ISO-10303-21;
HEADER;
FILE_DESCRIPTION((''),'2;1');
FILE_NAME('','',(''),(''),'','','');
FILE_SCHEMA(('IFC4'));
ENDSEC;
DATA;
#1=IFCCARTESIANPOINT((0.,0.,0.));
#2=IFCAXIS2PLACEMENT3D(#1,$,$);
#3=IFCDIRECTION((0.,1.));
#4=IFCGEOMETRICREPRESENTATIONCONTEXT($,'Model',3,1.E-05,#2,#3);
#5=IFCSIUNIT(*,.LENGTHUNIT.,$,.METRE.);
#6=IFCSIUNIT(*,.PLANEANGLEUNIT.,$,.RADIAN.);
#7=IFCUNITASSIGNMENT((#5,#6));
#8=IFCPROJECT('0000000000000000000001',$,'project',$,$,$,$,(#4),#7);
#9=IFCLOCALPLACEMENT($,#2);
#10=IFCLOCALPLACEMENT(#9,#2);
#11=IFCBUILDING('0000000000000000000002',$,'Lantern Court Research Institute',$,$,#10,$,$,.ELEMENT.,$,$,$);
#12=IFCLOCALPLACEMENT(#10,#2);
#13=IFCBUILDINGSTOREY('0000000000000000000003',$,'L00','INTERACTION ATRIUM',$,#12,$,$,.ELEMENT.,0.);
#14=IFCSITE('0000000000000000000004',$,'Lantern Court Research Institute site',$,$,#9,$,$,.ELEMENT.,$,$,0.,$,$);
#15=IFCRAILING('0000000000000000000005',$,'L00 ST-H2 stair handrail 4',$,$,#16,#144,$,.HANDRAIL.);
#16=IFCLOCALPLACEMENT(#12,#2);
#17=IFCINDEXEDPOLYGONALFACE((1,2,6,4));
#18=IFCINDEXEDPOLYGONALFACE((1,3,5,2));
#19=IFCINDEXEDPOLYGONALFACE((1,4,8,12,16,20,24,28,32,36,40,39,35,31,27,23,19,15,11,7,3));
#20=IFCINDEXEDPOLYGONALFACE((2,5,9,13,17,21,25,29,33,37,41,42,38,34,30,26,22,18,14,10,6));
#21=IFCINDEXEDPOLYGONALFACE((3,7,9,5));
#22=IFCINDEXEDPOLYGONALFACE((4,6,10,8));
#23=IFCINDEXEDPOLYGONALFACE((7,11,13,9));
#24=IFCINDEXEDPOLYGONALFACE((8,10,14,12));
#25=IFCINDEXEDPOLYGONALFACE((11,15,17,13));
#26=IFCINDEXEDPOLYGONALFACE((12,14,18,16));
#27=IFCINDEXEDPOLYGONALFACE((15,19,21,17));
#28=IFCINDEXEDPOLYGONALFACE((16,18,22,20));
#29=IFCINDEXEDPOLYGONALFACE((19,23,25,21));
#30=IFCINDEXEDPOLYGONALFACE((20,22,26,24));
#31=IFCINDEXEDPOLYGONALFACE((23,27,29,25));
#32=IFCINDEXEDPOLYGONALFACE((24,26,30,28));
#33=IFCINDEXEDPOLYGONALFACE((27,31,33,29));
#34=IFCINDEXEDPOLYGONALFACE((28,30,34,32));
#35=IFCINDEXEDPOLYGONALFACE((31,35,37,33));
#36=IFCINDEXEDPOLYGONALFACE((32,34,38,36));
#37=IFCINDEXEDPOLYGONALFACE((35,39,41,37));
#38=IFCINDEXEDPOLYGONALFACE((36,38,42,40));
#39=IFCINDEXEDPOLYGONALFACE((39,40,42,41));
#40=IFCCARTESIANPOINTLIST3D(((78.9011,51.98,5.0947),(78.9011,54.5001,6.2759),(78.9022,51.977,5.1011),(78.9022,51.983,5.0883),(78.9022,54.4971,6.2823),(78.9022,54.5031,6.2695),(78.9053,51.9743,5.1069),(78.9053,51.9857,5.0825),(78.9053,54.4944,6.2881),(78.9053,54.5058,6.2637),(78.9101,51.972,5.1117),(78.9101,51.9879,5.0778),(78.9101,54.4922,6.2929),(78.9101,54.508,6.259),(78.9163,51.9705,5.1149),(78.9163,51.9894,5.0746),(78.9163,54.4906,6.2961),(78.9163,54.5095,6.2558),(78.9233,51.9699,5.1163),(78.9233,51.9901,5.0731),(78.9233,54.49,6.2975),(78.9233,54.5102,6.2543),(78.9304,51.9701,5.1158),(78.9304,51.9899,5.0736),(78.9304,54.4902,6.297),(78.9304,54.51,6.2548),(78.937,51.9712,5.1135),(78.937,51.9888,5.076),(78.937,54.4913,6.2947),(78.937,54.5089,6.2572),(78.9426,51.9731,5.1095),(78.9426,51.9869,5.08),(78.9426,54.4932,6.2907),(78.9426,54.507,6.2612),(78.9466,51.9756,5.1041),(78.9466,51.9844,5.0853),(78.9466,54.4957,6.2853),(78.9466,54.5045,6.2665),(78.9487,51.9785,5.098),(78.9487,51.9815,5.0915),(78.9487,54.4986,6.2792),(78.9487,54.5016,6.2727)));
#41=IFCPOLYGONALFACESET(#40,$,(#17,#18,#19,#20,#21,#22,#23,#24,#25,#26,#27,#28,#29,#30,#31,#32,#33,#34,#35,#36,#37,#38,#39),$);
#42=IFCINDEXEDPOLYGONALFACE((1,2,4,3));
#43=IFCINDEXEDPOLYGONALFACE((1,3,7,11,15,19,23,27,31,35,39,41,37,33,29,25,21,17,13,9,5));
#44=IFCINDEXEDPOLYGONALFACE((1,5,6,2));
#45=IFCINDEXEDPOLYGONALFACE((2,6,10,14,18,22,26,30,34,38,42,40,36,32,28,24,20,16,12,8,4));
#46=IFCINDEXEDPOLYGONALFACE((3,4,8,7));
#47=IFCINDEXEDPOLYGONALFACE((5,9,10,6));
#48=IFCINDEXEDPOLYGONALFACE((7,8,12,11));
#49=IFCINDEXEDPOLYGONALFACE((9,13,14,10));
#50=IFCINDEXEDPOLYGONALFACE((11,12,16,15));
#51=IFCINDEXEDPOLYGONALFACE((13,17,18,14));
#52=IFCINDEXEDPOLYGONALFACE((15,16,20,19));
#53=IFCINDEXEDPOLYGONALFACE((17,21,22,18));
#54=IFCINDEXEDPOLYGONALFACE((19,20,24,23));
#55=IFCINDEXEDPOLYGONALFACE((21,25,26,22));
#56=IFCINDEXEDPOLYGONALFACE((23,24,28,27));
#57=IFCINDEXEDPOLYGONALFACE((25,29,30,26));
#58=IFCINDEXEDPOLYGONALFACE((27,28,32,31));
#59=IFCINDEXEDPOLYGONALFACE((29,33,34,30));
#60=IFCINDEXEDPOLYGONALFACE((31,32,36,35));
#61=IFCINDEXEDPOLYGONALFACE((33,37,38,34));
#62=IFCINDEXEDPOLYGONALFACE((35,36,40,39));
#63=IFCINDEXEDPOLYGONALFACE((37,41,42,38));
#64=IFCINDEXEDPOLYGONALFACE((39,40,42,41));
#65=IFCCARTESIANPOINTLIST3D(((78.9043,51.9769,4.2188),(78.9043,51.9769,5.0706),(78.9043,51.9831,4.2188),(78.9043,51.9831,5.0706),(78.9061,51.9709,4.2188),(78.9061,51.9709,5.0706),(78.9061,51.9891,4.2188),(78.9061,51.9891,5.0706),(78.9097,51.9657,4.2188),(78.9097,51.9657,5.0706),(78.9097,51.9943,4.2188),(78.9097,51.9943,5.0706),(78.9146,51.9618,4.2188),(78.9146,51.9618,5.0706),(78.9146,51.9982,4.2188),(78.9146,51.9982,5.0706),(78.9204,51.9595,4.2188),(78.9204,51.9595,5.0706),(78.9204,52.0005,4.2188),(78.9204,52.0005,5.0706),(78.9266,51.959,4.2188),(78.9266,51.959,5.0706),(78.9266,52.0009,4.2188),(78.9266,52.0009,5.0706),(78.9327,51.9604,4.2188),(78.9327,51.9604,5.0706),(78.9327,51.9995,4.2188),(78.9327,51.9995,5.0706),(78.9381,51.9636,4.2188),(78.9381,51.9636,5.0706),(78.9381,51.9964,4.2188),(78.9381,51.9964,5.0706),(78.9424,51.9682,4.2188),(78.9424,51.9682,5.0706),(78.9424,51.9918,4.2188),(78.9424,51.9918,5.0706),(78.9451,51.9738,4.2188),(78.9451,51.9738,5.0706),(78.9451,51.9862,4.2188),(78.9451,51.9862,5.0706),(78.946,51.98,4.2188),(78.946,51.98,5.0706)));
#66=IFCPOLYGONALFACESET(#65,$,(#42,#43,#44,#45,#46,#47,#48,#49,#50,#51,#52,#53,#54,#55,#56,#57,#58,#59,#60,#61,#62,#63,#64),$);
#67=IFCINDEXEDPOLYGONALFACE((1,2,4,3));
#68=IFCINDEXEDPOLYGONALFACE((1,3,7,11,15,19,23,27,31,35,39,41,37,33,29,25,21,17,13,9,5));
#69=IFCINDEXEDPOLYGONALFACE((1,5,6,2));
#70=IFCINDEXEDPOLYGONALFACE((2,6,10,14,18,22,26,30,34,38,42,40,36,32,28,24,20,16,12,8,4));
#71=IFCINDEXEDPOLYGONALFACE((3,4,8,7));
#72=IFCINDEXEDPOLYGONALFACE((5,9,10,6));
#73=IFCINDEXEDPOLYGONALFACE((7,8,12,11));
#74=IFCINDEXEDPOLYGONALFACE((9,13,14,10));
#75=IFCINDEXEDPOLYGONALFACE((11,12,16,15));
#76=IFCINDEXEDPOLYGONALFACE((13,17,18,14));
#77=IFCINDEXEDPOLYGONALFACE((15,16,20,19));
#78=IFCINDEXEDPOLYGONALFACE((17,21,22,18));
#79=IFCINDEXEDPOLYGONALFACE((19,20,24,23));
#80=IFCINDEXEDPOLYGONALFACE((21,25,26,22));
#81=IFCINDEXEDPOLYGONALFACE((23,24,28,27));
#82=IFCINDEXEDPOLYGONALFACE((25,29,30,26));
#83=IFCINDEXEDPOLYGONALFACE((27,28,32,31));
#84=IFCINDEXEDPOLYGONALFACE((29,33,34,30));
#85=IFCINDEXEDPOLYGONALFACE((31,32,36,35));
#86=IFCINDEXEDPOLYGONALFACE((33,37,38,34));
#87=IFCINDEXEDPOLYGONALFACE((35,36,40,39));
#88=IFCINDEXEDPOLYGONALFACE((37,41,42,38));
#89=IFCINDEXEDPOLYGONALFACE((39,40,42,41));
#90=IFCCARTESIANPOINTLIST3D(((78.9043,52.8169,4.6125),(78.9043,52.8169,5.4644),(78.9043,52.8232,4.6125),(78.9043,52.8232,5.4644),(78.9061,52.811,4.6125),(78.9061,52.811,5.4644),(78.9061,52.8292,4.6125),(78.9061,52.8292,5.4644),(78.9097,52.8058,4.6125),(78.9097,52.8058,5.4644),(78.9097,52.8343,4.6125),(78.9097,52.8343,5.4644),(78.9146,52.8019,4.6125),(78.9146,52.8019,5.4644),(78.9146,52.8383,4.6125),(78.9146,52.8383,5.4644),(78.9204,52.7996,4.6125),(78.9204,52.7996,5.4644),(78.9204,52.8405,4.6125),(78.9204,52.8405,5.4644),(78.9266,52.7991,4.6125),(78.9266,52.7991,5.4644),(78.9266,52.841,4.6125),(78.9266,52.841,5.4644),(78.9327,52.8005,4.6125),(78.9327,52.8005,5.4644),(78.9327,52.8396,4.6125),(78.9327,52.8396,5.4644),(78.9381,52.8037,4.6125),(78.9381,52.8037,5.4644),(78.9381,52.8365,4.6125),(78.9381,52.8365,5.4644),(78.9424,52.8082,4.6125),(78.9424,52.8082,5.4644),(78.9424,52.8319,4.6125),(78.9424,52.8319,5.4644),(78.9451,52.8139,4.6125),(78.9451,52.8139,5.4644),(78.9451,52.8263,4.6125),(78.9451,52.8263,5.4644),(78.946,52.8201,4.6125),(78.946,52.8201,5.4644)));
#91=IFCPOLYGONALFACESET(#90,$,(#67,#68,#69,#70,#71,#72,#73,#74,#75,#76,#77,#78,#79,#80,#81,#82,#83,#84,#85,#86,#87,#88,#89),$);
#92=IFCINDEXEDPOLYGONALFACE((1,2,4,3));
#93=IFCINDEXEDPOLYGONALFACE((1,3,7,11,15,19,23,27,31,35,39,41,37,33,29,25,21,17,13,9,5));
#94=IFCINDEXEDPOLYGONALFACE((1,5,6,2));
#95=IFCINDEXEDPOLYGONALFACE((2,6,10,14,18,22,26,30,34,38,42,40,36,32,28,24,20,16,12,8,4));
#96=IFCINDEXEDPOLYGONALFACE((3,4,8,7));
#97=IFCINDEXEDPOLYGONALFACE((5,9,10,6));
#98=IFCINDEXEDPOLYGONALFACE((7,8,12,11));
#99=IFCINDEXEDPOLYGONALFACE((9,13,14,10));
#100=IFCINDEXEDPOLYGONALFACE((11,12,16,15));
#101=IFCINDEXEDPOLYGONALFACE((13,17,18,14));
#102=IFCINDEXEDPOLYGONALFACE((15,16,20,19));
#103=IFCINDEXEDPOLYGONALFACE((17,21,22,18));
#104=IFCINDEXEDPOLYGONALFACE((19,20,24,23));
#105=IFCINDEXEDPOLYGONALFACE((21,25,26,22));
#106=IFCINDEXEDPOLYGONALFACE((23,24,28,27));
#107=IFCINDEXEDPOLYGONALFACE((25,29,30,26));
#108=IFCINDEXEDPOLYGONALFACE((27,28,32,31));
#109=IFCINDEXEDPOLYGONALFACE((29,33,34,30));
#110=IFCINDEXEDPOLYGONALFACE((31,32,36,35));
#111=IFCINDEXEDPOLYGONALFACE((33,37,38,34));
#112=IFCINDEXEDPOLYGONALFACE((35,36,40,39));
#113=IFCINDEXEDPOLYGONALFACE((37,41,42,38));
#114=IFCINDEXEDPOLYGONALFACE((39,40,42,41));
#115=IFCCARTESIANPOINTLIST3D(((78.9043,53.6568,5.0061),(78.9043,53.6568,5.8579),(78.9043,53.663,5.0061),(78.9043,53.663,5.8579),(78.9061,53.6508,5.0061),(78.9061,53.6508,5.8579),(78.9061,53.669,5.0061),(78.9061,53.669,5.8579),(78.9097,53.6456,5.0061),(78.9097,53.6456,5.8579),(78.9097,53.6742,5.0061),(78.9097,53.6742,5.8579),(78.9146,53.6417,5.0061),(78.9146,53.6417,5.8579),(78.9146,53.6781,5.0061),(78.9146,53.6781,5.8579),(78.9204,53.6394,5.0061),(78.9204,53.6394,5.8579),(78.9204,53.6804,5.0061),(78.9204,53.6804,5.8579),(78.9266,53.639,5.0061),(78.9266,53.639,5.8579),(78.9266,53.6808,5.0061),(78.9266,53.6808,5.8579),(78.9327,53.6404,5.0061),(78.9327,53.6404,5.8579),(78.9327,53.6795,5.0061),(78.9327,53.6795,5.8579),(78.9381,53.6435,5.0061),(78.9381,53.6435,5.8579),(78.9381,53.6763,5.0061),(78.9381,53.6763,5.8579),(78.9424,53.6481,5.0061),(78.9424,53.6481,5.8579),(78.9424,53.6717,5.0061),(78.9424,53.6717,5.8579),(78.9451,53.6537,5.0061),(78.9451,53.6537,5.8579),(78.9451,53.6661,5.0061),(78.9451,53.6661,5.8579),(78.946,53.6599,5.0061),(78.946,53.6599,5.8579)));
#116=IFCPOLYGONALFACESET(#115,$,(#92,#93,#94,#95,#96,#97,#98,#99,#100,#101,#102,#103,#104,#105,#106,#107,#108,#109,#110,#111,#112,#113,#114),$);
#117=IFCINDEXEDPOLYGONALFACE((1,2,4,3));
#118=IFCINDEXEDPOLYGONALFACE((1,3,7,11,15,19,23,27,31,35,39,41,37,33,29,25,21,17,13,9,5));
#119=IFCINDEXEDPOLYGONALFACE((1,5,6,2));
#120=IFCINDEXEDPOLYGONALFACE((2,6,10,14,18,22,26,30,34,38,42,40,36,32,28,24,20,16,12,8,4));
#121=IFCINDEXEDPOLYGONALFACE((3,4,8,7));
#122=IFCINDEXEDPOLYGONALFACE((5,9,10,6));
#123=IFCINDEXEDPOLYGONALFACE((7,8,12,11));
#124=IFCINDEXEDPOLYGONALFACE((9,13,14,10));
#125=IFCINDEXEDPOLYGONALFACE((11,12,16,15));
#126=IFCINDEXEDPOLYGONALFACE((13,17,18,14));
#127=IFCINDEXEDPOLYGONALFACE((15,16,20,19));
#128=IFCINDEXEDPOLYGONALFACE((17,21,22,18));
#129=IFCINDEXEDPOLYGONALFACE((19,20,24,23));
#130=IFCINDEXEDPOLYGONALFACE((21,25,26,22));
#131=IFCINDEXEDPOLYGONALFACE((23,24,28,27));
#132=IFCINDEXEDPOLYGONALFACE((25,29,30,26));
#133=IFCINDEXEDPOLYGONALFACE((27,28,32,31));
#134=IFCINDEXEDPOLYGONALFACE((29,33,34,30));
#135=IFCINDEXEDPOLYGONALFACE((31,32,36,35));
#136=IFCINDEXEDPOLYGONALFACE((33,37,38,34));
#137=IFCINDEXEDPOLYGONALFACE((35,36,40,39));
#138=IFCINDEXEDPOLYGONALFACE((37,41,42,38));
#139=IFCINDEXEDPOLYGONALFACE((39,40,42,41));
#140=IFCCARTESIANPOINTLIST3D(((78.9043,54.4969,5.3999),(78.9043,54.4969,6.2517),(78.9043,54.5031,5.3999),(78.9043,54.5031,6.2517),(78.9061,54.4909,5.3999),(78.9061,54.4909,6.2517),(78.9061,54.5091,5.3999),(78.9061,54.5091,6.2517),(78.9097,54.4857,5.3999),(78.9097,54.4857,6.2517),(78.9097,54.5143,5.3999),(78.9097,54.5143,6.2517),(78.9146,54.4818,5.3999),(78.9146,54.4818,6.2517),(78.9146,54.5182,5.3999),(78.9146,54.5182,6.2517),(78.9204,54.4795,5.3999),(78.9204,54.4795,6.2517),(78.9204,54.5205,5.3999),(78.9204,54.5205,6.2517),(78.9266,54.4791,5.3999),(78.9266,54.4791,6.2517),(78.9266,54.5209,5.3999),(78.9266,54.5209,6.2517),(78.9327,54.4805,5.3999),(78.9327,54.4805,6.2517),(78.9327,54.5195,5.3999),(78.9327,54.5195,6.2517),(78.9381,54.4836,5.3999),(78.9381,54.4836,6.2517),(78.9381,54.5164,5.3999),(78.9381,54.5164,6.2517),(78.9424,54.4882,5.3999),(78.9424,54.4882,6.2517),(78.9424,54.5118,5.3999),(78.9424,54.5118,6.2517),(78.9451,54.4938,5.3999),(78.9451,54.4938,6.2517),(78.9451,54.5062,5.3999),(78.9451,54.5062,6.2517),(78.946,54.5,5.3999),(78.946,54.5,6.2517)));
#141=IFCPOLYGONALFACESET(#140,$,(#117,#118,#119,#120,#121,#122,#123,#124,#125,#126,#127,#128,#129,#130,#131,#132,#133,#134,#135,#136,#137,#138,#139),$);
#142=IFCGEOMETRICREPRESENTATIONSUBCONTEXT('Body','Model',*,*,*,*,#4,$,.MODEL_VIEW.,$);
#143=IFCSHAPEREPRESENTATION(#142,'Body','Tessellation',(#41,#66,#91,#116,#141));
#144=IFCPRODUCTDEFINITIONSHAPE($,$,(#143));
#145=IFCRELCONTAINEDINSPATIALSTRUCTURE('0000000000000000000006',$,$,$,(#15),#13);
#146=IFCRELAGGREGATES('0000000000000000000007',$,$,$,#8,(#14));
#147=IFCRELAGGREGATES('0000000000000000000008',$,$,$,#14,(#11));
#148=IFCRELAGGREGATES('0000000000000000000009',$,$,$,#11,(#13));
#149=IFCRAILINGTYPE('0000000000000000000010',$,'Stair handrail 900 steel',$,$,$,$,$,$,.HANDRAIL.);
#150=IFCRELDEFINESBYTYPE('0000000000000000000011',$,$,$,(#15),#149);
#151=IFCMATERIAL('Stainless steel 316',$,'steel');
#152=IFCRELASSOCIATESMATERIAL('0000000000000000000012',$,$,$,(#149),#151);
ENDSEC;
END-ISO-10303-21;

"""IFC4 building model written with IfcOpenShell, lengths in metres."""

from ifc_helpers import new_model, si_unit, direction, frame, origin, origin_2d, place, context, subcontext, project, spatial, circle, extrude, material, type_object, element, save


model = new_model("IFC4")

# Units and contexts
model_context = context("Model", 3, precision=1e-05, world=origin(), true_north=direction((0.0, 1.0)))
body_context = subcontext(model_context, "Body", "Model", "MODEL_VIEW")
ifc_project = project(units=[si_unit("LENGTHUNIT", "METRE"), si_unit("PLANEANGLEUNIT", "RADIAN")], contexts=[model_context])

# Site, building, storey
site_placement = place(None, origin())
site = spatial("IfcSite", under=ifc_project, at=site_placement, Name="Lantern Court Research Institute site", CompositionType="ELEMENT", RefElevation=0.0)
building_placement = place(site_placement, origin())
building = spatial("IfcBuilding", under=site, at=building_placement, Name="Lantern Court Research Institute", CompositionType="ELEMENT")
storey_placement = place(building_placement, origin())
storey = spatial("IfcBuildingStorey", under=building, at=storey_placement, Name="L00", Description="INTERACTION ATRIUM", CompositionType="ELEMENT", Elevation=0.0)

# Railing
ifc_material_1 = material(Name="Stainless steel 316", Category="steel")
railing_type_1 = type_object("IfcRailingType", Name="Stair handrail 900 steel", PredefinedType="HANDRAIL", material=ifc_material_1)
for number, where, name in (
    (1, (78.925, 51.98, 4.2188), "L00 ST-H2 stair handrail 4"),
):
    element("IfcRailing", number, at=place(storey_placement, frame(where)), inside=storey, type_object=railing_type_1, Name=name, PredefinedType="HANDRAIL", context=body_context, shape_type="SweptSolid", body=[
        extrude(circle(Radius=0.0239, at=origin_2d()), frame((0.0, 0.0, 0.876), z_axis=(0.0, 0.905474, 0.424402), x_axis=(-1.0, 0.0, 0.0)), (0.0, 0.0, 1.0), 2.7832),
        extrude(circle(Radius=0.021, at=origin_2d()), origin(), (0.0, 0.0, 1.0), 0.8518),
        extrude(circle(Radius=0.021, at=origin_2d()), frame((0.0, 0.8401, 0.3938)), (0.0, 0.0, 1.0), 0.8518),
        extrude(circle(Radius=0.021, at=origin_2d()), frame((0.0, 1.6799, 0.7874)), (0.0, 0.0, 1.0), 0.8518),
        extrude(circle(Radius=0.021, at=origin_2d()), frame((0.0, 2.52, 1.1812)), (0.0, 0.0, 1.0), 0.8518),
    ])

save(model, "model.ifc")
